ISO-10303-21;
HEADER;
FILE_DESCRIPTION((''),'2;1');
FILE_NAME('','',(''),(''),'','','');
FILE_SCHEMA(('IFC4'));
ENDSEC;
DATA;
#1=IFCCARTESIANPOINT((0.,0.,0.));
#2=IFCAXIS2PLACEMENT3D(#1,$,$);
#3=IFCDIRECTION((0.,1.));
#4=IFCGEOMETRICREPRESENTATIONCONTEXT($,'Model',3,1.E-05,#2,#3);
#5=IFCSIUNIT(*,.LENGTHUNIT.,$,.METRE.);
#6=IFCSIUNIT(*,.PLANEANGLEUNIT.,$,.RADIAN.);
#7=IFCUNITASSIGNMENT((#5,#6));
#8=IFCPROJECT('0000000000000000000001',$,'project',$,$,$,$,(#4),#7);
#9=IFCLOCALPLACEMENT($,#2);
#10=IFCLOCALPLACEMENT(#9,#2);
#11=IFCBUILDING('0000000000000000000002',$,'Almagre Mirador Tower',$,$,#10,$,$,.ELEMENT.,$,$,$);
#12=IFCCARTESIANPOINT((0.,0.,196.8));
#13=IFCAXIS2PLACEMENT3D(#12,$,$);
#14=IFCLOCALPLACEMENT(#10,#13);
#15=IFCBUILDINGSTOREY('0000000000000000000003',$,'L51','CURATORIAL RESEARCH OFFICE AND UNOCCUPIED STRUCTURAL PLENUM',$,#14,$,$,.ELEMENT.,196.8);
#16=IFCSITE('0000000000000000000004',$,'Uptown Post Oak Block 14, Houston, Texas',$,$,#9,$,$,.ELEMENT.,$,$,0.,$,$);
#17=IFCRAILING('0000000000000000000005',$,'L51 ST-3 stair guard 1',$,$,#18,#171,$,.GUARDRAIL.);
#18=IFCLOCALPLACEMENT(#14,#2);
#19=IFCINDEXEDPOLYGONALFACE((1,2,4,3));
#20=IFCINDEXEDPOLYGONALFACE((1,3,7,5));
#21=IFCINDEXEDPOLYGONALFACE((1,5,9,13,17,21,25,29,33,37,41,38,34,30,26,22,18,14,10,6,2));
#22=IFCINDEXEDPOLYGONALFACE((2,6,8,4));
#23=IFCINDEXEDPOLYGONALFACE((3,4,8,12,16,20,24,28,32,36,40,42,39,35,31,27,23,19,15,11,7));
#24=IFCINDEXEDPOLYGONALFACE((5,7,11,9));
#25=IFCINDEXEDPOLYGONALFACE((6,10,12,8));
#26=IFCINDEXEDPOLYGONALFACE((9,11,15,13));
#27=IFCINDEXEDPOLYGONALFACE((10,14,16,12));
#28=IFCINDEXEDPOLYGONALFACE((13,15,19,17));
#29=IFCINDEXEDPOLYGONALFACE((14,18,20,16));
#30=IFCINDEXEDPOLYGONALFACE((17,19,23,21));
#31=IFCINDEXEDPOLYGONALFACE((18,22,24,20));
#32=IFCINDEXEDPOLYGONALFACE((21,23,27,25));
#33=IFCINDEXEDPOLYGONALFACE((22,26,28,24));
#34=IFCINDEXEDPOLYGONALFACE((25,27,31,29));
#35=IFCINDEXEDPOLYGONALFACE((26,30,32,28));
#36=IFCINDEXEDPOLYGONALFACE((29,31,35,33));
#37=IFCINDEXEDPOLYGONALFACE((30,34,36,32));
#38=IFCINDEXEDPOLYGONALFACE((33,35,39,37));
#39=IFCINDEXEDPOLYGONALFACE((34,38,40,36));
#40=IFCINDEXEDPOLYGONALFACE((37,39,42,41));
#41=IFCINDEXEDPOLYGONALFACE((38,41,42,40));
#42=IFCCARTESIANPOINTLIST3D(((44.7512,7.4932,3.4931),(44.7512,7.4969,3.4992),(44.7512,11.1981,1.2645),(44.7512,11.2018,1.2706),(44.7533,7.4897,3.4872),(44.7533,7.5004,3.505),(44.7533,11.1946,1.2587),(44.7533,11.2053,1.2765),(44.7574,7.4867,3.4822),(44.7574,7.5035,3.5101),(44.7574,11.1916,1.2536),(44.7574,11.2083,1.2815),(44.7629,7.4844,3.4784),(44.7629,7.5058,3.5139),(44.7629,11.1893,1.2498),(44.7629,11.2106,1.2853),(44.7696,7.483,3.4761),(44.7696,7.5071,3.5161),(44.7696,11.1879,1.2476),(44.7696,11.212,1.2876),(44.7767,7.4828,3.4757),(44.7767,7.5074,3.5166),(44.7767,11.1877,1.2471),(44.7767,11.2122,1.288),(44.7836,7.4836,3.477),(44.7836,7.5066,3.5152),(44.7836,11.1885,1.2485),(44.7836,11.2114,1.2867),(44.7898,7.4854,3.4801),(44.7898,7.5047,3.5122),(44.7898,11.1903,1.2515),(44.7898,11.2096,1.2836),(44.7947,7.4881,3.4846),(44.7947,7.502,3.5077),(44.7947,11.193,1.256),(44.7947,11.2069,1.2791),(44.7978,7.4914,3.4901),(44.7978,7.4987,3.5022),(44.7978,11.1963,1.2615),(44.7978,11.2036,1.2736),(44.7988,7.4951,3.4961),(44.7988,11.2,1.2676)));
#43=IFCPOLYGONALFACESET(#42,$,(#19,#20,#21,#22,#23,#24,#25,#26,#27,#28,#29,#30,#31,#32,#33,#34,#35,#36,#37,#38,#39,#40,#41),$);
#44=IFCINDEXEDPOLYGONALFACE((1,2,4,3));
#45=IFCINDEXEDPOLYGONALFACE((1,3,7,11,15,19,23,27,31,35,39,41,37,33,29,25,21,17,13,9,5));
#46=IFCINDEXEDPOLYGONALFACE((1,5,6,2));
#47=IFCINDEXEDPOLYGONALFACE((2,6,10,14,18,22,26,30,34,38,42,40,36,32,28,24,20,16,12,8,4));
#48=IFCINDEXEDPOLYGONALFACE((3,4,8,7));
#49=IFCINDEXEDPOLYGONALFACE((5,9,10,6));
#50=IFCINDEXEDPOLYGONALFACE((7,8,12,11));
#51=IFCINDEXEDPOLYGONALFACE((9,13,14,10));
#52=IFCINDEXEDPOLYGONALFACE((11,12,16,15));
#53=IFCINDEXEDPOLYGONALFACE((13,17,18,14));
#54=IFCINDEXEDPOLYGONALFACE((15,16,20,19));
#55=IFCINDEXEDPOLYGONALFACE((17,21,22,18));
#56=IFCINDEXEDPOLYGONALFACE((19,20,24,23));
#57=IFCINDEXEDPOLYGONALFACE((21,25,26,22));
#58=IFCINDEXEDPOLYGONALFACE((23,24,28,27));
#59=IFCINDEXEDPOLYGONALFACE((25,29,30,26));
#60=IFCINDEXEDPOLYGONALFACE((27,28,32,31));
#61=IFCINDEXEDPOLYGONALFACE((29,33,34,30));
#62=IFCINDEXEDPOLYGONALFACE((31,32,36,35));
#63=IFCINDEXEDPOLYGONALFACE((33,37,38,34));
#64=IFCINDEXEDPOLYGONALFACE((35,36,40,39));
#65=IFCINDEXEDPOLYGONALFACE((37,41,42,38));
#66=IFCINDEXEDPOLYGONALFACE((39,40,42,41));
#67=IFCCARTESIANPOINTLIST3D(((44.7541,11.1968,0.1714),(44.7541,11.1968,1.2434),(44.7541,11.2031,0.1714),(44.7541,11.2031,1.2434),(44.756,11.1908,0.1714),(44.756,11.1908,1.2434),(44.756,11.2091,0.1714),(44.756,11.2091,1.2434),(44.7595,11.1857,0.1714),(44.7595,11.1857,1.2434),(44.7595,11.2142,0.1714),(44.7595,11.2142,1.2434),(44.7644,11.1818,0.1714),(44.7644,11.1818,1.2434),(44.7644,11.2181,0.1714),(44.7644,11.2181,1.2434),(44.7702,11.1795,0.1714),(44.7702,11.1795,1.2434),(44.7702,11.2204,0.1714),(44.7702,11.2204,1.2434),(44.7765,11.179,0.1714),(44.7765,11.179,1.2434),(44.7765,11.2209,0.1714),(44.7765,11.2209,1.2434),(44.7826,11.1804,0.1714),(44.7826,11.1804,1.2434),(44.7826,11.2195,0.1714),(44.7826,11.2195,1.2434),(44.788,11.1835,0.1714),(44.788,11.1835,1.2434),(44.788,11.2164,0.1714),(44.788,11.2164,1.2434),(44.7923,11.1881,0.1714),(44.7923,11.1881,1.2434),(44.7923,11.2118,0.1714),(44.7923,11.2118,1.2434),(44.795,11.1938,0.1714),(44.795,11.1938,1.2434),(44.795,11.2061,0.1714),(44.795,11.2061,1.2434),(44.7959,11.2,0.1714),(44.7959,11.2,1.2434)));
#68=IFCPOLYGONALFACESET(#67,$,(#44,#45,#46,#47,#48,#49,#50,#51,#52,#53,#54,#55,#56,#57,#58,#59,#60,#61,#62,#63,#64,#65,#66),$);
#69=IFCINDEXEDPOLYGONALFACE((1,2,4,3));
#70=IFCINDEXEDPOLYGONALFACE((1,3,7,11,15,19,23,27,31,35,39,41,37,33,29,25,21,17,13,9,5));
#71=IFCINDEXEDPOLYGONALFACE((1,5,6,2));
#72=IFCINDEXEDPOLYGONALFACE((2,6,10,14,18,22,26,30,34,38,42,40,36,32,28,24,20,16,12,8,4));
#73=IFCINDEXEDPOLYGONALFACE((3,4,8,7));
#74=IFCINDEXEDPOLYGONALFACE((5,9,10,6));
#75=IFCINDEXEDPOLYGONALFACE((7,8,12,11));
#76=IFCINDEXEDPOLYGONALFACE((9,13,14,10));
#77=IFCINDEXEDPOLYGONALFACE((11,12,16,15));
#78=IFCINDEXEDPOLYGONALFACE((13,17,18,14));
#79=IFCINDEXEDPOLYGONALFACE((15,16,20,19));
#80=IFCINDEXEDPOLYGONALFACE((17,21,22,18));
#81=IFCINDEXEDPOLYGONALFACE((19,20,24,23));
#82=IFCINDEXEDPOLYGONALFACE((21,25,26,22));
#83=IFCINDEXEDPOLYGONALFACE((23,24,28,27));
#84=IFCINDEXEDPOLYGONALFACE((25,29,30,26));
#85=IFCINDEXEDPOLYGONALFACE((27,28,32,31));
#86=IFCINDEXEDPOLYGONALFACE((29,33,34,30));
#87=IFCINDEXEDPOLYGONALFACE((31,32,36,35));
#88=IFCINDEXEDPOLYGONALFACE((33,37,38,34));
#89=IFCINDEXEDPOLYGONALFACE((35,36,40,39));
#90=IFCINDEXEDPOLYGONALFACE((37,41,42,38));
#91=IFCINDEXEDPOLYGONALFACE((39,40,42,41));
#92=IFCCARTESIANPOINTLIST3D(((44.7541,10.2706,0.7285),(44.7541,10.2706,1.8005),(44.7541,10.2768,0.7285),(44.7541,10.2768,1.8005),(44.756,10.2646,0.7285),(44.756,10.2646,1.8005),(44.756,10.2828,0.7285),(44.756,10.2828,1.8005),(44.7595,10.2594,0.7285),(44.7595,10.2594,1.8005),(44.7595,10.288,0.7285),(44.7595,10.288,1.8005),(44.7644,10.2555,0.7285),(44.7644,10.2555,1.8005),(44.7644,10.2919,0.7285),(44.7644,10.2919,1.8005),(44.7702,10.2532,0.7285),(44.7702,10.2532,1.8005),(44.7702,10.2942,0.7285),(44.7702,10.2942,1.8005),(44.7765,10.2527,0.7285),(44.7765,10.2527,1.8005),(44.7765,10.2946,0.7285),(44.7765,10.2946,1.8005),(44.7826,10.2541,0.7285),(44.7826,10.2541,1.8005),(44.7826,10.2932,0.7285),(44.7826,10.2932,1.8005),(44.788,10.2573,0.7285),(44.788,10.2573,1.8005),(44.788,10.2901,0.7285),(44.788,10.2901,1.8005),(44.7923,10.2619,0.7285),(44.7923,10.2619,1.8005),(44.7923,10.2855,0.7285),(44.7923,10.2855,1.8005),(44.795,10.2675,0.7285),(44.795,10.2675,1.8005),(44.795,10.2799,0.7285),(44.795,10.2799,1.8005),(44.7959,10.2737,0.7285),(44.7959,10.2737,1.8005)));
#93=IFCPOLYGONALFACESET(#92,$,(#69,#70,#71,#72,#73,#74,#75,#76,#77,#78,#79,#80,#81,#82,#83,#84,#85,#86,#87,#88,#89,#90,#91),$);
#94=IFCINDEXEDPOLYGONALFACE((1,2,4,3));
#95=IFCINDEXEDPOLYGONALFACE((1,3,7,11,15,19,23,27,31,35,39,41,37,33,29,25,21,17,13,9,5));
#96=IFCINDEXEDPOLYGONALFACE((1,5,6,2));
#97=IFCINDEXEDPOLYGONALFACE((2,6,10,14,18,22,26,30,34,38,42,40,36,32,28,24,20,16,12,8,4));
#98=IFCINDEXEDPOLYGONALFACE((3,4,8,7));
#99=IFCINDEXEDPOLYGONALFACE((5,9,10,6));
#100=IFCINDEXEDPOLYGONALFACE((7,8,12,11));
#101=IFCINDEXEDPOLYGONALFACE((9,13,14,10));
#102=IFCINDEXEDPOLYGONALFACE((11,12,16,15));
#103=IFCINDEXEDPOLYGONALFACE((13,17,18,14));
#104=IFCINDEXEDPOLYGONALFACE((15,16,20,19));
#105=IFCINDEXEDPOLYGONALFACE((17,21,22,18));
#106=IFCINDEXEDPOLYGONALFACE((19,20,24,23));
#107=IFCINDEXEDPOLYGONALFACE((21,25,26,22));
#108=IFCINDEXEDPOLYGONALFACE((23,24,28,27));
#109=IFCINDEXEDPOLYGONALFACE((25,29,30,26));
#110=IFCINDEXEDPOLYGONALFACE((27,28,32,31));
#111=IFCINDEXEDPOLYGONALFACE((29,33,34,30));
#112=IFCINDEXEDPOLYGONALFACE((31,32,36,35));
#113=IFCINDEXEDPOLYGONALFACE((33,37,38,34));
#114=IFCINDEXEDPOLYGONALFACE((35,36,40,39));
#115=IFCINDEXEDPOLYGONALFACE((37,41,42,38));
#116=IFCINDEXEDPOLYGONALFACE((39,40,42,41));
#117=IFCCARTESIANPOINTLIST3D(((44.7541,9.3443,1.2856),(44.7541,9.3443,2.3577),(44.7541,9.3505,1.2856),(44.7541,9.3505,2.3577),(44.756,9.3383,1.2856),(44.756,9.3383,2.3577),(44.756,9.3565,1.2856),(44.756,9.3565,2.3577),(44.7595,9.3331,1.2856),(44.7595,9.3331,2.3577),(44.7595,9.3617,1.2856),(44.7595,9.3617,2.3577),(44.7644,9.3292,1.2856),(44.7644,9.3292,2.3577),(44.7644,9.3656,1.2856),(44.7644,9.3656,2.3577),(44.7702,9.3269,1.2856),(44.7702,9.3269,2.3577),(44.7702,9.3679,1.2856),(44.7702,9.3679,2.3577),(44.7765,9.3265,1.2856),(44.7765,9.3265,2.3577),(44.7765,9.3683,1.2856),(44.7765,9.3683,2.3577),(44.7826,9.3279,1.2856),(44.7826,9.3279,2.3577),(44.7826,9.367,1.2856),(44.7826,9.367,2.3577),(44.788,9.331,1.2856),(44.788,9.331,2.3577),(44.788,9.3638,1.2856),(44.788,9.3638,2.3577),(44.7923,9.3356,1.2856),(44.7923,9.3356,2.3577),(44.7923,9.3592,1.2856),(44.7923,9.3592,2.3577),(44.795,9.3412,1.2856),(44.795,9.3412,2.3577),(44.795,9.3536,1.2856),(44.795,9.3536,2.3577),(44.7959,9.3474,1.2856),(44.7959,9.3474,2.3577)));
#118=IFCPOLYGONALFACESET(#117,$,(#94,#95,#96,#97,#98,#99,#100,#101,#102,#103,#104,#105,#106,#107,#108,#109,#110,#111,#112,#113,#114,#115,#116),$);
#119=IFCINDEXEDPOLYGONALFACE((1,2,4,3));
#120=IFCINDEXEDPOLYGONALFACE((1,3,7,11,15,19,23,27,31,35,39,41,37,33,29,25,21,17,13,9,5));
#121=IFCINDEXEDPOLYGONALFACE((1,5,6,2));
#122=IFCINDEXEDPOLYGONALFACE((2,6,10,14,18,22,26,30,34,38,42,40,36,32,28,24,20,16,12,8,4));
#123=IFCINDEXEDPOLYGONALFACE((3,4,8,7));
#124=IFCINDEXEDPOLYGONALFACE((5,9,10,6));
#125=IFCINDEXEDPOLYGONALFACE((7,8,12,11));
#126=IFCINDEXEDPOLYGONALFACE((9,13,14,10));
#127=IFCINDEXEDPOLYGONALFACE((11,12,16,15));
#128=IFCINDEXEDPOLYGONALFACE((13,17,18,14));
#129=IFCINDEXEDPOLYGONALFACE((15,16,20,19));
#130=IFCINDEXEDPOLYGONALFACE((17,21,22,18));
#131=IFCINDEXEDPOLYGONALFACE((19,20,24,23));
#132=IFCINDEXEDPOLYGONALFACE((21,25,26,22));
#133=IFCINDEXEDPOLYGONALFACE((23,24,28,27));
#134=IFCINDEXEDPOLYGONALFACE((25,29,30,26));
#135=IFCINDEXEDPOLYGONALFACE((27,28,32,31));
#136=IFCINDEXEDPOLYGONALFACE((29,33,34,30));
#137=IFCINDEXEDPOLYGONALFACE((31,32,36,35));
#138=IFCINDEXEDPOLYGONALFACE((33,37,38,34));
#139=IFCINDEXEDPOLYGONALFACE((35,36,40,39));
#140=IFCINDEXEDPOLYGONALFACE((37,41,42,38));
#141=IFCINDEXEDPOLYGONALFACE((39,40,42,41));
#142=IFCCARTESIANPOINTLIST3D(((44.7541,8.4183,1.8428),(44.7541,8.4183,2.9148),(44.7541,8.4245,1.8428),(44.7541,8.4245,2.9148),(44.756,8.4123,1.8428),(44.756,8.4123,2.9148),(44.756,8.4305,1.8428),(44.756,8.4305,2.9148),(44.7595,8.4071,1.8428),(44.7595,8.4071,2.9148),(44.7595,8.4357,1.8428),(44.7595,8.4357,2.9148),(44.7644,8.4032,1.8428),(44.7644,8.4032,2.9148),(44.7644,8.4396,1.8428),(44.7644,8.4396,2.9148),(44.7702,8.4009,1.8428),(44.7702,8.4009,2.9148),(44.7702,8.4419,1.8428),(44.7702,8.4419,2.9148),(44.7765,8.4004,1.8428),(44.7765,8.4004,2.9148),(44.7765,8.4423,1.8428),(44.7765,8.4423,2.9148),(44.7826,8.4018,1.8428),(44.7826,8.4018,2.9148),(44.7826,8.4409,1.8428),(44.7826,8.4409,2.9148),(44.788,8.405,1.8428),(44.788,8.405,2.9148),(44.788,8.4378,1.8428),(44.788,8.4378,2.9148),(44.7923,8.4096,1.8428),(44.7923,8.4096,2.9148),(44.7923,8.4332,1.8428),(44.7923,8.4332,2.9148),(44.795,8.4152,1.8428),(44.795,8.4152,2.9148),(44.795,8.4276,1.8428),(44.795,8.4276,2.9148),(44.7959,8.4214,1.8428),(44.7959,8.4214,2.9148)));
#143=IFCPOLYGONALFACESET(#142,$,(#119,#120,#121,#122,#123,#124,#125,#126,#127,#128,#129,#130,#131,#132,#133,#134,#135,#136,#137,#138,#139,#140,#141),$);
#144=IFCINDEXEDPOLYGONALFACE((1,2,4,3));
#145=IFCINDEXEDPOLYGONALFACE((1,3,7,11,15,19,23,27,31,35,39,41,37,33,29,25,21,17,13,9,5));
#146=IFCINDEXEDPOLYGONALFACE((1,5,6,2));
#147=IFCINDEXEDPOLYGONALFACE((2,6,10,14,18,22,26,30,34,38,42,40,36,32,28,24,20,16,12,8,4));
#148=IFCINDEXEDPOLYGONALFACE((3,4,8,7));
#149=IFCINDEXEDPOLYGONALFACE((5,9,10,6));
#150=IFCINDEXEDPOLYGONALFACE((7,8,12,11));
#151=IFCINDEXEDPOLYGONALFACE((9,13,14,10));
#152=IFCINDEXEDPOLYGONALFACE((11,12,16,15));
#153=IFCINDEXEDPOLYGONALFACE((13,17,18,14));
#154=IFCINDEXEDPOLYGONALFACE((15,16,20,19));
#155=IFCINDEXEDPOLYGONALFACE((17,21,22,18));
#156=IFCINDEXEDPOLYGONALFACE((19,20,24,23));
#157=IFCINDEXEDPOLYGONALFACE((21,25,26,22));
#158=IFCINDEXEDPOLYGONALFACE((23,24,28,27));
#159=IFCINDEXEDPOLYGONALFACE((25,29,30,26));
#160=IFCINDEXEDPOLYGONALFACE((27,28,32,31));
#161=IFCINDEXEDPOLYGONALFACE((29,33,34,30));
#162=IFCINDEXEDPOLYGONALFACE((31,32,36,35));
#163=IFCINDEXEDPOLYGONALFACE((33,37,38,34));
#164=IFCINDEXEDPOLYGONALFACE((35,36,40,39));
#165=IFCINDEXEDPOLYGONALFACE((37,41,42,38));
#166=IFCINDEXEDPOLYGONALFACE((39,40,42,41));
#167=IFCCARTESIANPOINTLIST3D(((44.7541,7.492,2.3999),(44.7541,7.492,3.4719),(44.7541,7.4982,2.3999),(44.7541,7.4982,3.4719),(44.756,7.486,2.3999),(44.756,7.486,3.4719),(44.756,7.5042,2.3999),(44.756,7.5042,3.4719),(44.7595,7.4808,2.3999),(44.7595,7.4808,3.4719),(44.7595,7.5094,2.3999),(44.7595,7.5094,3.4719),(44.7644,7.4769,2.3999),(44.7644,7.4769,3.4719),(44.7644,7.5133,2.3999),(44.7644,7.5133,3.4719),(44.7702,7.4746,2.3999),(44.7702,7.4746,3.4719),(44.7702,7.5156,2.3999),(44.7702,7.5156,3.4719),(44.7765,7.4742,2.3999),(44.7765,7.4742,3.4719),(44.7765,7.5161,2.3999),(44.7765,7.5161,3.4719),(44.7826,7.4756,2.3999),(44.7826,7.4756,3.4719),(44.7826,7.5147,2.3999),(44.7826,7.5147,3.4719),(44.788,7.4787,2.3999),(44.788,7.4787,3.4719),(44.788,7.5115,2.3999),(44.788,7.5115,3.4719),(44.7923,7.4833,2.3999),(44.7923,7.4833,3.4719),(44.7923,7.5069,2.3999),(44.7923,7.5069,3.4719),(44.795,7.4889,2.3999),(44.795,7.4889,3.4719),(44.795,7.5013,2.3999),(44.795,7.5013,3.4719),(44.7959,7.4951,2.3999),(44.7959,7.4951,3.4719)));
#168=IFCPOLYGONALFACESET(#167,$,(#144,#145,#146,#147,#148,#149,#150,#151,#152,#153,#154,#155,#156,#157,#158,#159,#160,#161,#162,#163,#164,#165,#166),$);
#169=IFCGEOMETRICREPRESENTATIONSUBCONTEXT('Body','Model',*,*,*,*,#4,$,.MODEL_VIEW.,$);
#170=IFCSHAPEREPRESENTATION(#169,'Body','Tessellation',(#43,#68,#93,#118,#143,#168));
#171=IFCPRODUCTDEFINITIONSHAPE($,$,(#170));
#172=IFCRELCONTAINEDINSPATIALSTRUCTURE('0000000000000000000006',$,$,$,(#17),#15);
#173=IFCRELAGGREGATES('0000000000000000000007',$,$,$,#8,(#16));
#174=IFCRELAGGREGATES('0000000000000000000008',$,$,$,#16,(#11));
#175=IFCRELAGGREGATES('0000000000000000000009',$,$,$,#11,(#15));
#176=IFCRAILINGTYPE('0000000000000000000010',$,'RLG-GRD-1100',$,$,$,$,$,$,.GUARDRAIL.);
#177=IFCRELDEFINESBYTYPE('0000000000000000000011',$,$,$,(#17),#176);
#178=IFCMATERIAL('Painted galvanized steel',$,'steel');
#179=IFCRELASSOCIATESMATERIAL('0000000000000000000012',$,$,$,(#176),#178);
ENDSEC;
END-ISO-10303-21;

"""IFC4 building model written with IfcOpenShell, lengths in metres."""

from ifc_helpers import new_model, si_unit, direction, frame, origin, origin_2d, place, context, subcontext, project, spatial, circle, extrude, material, type_object, element, save


model = new_model("IFC4")

# Units and contexts
model_context = context("Model", 3, precision=1e-05, world=origin(), true_north=direction((0.0, 1.0)))
body_context = subcontext(model_context, "Body", "Model", "MODEL_VIEW")
ifc_project = project(units=[si_unit("LENGTHUNIT", "METRE"), si_unit("PLANEANGLEUNIT", "RADIAN")], contexts=[model_context])

# Site, building, storey
site_placement = place(None, origin())
site = spatial("IfcSite", under=ifc_project, at=site_placement, Name="Uptown Post Oak Block 14, Houston, Texas", CompositionType="ELEMENT", RefElevation=0.0)
building_placement = place(site_placement, origin())
building = spatial("IfcBuilding", under=site, at=building_placement, Name="Almagre Mirador Tower", CompositionType="ELEMENT")
storey_placement = place(building_placement, frame((0.0, 0.0, 196.8)))
storey = spatial("IfcBuildingStorey", under=building, at=storey_placement, Name="L51", Description="CURATORIAL RESEARCH OFFICE AND UNOCCUPIED STRUCTURAL PLENUM", CompositionType="ELEMENT", Elevation=196.8)

# Railing
ifc_material_1 = material(Name="Painted galvanized steel", Category="steel")
railing_type_1 = type_object("IfcRailingType", Name="RLG-GRD-1100", PredefinedType="GUARDRAIL", material=ifc_material_1)
railing_1_placement = place(storey_placement, frame((44.7749, 11.2, 0.1714)))
element("IfcRailing", 1, at=railing_1_placement, inside=storey, type_object=railing_type_1, Name="L51 ST-3 stair guard 1", PredefinedType="GUARDRAIL", context=body_context, shape_type="SweptSolid", body=[
    extrude(circle(Radius=0.0239, at=origin_2d()), frame((0.0, 0.0, 1.0962), z_axis=(0.0, -0.856919, 0.51545), x_axis=(1.0, 0.0, 0.0)), (0.0, 0.0, 1.0), 4.3235),
    extrude(circle(Radius=0.021, at=origin_2d()), origin(), (0.0, 0.0, 1.0), 1.072),
    extrude(circle(Radius=0.021, at=origin_2d()), frame((0.0, -0.9263, 0.5571)), (0.0, 0.0, 1.0), 1.072),
    extrude(circle(Radius=0.021, at=origin_2d()), frame((0.0, -1.8525, 1.1143)), (0.0, 0.0, 1.0), 1.072),
    extrude(circle(Radius=0.021, at=origin_2d()), frame((0.0, -2.7786, 1.6714)), (0.0, 0.0, 1.0), 1.072),
    extrude(circle(Radius=0.021, at=origin_2d()), frame((0.0, -3.7048, 2.2285)), (0.0, 0.0, 1.0), 1.072),
])

save(model, "model.ifc")
